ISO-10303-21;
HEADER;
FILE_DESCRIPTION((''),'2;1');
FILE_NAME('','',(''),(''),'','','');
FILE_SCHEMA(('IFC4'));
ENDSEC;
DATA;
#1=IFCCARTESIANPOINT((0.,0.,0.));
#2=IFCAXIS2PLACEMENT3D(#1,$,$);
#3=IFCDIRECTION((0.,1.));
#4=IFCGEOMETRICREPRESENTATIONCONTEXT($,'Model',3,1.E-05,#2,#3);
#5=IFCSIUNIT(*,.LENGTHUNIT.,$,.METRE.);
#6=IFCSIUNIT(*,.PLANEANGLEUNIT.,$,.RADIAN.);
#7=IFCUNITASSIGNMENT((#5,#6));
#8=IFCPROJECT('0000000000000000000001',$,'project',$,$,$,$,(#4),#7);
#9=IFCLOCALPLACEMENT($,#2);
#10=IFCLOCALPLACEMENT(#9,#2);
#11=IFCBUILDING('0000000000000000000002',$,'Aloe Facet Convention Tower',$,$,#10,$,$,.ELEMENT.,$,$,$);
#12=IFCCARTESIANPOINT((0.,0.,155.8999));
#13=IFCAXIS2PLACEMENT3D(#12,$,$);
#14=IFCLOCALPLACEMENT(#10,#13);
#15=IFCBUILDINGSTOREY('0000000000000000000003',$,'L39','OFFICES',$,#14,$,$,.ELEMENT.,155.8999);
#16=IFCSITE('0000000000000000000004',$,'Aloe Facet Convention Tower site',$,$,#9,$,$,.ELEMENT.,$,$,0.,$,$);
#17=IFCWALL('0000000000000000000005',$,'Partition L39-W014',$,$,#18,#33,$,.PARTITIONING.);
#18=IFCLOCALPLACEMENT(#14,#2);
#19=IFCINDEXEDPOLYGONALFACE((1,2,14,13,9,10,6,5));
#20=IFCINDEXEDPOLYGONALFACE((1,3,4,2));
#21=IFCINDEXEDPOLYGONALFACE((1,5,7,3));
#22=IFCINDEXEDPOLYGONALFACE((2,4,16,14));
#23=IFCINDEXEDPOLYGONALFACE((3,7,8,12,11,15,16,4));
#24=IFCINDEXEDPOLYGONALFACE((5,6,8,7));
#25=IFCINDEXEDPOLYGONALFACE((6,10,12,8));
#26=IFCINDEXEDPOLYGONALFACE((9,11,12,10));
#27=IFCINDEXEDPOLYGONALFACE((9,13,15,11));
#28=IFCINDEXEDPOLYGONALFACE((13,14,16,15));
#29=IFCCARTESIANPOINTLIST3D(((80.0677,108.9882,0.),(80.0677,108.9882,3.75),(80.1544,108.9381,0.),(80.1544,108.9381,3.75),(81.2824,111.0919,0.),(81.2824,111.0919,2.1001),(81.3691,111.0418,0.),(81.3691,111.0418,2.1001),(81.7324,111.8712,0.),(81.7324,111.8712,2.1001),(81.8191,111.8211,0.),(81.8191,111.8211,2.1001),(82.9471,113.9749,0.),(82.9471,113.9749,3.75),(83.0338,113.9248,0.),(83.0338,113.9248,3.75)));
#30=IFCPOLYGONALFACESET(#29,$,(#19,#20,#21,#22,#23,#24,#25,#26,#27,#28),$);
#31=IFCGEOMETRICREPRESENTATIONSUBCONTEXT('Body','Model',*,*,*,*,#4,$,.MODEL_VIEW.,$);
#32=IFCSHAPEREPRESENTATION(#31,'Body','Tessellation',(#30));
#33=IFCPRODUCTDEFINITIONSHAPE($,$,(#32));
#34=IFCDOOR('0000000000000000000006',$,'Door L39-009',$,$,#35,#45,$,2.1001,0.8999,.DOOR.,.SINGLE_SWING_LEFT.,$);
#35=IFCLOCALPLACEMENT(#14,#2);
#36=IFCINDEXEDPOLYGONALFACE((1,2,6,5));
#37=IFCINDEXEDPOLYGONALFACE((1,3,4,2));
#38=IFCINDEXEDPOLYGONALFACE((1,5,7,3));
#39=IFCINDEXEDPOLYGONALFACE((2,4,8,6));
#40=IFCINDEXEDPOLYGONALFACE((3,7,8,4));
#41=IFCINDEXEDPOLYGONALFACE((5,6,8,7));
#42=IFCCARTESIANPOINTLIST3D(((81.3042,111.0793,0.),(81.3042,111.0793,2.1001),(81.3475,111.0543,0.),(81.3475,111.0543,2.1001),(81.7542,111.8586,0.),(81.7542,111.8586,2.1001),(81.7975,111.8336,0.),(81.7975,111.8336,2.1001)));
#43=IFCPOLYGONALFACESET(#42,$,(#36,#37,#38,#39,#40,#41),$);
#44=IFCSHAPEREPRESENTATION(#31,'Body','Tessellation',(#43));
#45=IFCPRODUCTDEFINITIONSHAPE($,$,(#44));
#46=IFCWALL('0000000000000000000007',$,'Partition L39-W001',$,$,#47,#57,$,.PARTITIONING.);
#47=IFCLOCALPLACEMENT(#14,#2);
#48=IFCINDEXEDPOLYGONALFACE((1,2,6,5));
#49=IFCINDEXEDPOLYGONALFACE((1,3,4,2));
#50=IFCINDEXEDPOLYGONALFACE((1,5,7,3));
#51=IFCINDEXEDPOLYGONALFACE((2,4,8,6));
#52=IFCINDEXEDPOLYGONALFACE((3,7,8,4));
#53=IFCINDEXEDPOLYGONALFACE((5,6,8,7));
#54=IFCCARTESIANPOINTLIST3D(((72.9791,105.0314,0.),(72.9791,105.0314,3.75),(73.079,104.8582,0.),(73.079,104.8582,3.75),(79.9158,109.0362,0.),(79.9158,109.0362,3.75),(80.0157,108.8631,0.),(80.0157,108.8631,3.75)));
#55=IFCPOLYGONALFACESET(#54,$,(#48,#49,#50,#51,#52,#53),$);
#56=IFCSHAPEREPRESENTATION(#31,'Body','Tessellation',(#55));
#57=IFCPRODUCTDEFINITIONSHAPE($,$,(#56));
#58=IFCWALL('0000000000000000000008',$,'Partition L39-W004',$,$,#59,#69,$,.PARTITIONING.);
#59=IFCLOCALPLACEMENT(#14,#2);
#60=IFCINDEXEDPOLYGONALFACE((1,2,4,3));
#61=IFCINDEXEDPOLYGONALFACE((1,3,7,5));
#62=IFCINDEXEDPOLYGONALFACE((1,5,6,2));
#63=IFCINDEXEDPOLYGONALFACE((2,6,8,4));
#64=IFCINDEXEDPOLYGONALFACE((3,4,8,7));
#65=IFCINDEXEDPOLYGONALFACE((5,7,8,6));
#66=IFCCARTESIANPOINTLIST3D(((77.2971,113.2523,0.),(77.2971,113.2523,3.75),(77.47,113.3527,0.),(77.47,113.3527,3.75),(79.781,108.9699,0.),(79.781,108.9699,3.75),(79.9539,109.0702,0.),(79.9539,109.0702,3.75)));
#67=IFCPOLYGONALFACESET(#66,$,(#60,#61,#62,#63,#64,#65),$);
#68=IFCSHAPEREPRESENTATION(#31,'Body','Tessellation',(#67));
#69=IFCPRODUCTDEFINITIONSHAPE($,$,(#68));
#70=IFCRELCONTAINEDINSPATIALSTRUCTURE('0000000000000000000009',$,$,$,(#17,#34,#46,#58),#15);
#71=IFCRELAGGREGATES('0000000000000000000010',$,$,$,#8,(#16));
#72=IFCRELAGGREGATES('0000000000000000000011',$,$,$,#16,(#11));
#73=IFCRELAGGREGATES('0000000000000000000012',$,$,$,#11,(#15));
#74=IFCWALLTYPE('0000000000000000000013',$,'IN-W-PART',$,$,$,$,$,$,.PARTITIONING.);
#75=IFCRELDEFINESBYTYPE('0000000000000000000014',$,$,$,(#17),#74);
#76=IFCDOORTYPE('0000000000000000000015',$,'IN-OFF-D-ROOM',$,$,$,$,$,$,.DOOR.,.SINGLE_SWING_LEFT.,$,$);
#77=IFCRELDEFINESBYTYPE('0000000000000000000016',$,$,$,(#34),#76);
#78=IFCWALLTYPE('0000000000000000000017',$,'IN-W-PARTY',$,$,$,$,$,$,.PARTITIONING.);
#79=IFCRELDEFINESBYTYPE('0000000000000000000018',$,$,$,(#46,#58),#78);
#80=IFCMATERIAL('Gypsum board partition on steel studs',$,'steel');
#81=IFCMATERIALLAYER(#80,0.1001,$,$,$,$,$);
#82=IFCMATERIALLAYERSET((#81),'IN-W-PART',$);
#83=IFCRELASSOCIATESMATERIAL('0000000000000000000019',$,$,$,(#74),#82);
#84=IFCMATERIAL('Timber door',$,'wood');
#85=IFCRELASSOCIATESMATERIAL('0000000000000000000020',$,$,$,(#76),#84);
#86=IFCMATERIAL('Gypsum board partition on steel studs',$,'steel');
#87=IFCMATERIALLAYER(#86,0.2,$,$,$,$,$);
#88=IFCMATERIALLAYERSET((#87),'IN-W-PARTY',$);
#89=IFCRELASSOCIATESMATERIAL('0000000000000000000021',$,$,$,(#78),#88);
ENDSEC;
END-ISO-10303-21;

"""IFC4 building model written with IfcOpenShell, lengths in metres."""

from ifc_helpers import new_model, si_unit, direction, frame, frame_2d, origin, place, context, subcontext, project, spatial, rectangle, extrude, material, layer, layer_set, type_object, element, fill, save


model = new_model("IFC4")

# Units and contexts
model_context = context("Model", 3, precision=1e-05, world=origin(), true_north=direction((0.0, 1.0)))
body_context = subcontext(model_context, "Body", "Model", "MODEL_VIEW")
ifc_project = project(units=[si_unit("LENGTHUNIT", "METRE"), si_unit("PLANEANGLEUNIT", "RADIAN")], contexts=[model_context])

# Site, building, storey
site_placement = place(None, origin())
site = spatial("IfcSite", under=ifc_project, at=site_placement, Name="Aloe Facet Convention Tower site", CompositionType="ELEMENT", RefElevation=0.0)
building_placement = place(site_placement, origin())
building = spatial("IfcBuilding", under=site, at=building_placement, Name="Aloe Facet Convention Tower", CompositionType="ELEMENT")
storey_placement = place(building_placement, frame((0.0, 0.0, 155.8999)))
storey = spatial("IfcBuildingStorey", under=building, at=storey_placement, Name="L39", Description="OFFICES", CompositionType="ELEMENT", Elevation=155.8999)

# Wall, opening, door
ifc_material_1 = material(Name="Gypsum board partition on steel studs", Category="steel")
ifc_layer_1 = layer(ifc_material_1, 0.1001)
ifc_layer_set_1 = layer_set([ifc_layer_1], Name="IN-W-PART")
wall_type_1 = type_object("IfcWallType", Name="IN-W-PART", PredefinedType="PARTITIONING", material=ifc_layer_set_1)
ifc_material_2 = material(Name="Timber door", Category="wood")
door_type = type_object("IfcDoorType", Name="IN-OFF-D-ROOM", OperationType="SINGLE_SWING_LEFT", PredefinedType="DOOR", material=ifc_material_2)
wall_1_placement = place(storey_placement, frame((80.1111, 108.9631, 0.0), z_axis=(0.0, 0.0, 1.0), x_axis=(0.500033, 0.866006, 0.0)))
wall_1 = element("IfcWall", 1, at=wall_1_placement, inside=storey, type_object=wall_type_1, Name="Partition L39-W014", PredefinedType="PARTITIONING", context=body_context, shape_type="SweptSolid", body=[
    extrude(rectangle(XDim=5.7583, YDim=0.1001, at=frame_2d((2.8792, 0.0))), origin(), (0.0, 0.0, 1.0), 3.75),
])
opening_1_placement = place(wall_1_placement, frame((2.4292, 0.0, 0.0)))
opening_1 = element("IfcOpeningElement", 2, at=opening_1_placement, cuts=wall_1, PredefinedType="OPENING", context=body_context, shape_type="SweptSolid", body=[
    extrude(rectangle(XDim=0.8999, YDim=2.1001, at=frame_2d((0.45, 1.05))), frame((0.0, 0.0601, 0.0), z_axis=(0.0, -1.0, 0.0), x_axis=(1.0, 0.0, 0.0)), (0.0, 0.0, 1.0), 0.1201),
])
door_1_placement = place(opening_1_placement, origin())
door_1 = element("IfcDoor", 3, at=door_1_placement, inside=storey, type_object=door_type, Name="Door L39-009", OperationType="SINGLE_SWING_LEFT", OverallHeight=2.1001, OverallWidth=0.8999, PredefinedType="DOOR", context=body_context, shape_type="SweptSolid", body=[
    extrude(rectangle(XDim=0.8999, YDim=2.1001, at=frame_2d((0.45, 1.05))), frame((0.0, 0.0249, 0.0), z_axis=(0.0, -1.0, 0.0), x_axis=(1.0, 0.0, 0.0)), (0.0, 0.0, 1.0), 0.05),
])
fill(opening_1, door_1)

# Walls
ifc_material_3 = material(Name="Gypsum board partition on steel studs", Category="steel")
ifc_layer_2 = layer(ifc_material_3, 0.2)
ifc_layer_set_2 = layer_set([ifc_layer_2], Name="IN-W-PARTY")
wall_type_2 = type_object("IfcWallType", Name="IN-W-PARTY", PredefinedType="PARTITIONING", material=ifc_layer_set_2)
wall_2_placement = place(storey_placement, frame((73.0291, 104.9448, 0.0), z_axis=(0.0, 0.0, 1.0), x_axis=(0.866029, 0.499994, 0.0)))
element("IfcWall", 4, at=wall_2_placement, inside=storey, type_object=wall_type_2, Name="Partition L39-W001", PredefinedType="PARTITIONING", context=body_context, shape_type="SweptSolid", body=[
    extrude(rectangle(XDim=8.0098, YDim=0.2, at=frame_2d((4.0049, 0.0))), origin(), (0.0, 0.0, 1.0), 3.75),
])
wall_3_placement = place(storey_placement, frame((77.3835, 113.3025, 0.0), z_axis=(0.0, 0.0, 1.0), x_axis=(0.501726, -0.865026, 0.0)))
element("IfcWall", 5, at=wall_3_placement, inside=storey, type_object=wall_type_2, Name="Partition L39-W004", PredefinedType="PARTITIONING", context=body_context, shape_type="SweptSolid", body=[
    extrude(rectangle(XDim=4.9507, YDim=0.2, at=frame_2d((2.4753, 0.0))), origin(), (0.0, 0.0, 1.0), 3.75),
])

save(model, "model.ifc")
